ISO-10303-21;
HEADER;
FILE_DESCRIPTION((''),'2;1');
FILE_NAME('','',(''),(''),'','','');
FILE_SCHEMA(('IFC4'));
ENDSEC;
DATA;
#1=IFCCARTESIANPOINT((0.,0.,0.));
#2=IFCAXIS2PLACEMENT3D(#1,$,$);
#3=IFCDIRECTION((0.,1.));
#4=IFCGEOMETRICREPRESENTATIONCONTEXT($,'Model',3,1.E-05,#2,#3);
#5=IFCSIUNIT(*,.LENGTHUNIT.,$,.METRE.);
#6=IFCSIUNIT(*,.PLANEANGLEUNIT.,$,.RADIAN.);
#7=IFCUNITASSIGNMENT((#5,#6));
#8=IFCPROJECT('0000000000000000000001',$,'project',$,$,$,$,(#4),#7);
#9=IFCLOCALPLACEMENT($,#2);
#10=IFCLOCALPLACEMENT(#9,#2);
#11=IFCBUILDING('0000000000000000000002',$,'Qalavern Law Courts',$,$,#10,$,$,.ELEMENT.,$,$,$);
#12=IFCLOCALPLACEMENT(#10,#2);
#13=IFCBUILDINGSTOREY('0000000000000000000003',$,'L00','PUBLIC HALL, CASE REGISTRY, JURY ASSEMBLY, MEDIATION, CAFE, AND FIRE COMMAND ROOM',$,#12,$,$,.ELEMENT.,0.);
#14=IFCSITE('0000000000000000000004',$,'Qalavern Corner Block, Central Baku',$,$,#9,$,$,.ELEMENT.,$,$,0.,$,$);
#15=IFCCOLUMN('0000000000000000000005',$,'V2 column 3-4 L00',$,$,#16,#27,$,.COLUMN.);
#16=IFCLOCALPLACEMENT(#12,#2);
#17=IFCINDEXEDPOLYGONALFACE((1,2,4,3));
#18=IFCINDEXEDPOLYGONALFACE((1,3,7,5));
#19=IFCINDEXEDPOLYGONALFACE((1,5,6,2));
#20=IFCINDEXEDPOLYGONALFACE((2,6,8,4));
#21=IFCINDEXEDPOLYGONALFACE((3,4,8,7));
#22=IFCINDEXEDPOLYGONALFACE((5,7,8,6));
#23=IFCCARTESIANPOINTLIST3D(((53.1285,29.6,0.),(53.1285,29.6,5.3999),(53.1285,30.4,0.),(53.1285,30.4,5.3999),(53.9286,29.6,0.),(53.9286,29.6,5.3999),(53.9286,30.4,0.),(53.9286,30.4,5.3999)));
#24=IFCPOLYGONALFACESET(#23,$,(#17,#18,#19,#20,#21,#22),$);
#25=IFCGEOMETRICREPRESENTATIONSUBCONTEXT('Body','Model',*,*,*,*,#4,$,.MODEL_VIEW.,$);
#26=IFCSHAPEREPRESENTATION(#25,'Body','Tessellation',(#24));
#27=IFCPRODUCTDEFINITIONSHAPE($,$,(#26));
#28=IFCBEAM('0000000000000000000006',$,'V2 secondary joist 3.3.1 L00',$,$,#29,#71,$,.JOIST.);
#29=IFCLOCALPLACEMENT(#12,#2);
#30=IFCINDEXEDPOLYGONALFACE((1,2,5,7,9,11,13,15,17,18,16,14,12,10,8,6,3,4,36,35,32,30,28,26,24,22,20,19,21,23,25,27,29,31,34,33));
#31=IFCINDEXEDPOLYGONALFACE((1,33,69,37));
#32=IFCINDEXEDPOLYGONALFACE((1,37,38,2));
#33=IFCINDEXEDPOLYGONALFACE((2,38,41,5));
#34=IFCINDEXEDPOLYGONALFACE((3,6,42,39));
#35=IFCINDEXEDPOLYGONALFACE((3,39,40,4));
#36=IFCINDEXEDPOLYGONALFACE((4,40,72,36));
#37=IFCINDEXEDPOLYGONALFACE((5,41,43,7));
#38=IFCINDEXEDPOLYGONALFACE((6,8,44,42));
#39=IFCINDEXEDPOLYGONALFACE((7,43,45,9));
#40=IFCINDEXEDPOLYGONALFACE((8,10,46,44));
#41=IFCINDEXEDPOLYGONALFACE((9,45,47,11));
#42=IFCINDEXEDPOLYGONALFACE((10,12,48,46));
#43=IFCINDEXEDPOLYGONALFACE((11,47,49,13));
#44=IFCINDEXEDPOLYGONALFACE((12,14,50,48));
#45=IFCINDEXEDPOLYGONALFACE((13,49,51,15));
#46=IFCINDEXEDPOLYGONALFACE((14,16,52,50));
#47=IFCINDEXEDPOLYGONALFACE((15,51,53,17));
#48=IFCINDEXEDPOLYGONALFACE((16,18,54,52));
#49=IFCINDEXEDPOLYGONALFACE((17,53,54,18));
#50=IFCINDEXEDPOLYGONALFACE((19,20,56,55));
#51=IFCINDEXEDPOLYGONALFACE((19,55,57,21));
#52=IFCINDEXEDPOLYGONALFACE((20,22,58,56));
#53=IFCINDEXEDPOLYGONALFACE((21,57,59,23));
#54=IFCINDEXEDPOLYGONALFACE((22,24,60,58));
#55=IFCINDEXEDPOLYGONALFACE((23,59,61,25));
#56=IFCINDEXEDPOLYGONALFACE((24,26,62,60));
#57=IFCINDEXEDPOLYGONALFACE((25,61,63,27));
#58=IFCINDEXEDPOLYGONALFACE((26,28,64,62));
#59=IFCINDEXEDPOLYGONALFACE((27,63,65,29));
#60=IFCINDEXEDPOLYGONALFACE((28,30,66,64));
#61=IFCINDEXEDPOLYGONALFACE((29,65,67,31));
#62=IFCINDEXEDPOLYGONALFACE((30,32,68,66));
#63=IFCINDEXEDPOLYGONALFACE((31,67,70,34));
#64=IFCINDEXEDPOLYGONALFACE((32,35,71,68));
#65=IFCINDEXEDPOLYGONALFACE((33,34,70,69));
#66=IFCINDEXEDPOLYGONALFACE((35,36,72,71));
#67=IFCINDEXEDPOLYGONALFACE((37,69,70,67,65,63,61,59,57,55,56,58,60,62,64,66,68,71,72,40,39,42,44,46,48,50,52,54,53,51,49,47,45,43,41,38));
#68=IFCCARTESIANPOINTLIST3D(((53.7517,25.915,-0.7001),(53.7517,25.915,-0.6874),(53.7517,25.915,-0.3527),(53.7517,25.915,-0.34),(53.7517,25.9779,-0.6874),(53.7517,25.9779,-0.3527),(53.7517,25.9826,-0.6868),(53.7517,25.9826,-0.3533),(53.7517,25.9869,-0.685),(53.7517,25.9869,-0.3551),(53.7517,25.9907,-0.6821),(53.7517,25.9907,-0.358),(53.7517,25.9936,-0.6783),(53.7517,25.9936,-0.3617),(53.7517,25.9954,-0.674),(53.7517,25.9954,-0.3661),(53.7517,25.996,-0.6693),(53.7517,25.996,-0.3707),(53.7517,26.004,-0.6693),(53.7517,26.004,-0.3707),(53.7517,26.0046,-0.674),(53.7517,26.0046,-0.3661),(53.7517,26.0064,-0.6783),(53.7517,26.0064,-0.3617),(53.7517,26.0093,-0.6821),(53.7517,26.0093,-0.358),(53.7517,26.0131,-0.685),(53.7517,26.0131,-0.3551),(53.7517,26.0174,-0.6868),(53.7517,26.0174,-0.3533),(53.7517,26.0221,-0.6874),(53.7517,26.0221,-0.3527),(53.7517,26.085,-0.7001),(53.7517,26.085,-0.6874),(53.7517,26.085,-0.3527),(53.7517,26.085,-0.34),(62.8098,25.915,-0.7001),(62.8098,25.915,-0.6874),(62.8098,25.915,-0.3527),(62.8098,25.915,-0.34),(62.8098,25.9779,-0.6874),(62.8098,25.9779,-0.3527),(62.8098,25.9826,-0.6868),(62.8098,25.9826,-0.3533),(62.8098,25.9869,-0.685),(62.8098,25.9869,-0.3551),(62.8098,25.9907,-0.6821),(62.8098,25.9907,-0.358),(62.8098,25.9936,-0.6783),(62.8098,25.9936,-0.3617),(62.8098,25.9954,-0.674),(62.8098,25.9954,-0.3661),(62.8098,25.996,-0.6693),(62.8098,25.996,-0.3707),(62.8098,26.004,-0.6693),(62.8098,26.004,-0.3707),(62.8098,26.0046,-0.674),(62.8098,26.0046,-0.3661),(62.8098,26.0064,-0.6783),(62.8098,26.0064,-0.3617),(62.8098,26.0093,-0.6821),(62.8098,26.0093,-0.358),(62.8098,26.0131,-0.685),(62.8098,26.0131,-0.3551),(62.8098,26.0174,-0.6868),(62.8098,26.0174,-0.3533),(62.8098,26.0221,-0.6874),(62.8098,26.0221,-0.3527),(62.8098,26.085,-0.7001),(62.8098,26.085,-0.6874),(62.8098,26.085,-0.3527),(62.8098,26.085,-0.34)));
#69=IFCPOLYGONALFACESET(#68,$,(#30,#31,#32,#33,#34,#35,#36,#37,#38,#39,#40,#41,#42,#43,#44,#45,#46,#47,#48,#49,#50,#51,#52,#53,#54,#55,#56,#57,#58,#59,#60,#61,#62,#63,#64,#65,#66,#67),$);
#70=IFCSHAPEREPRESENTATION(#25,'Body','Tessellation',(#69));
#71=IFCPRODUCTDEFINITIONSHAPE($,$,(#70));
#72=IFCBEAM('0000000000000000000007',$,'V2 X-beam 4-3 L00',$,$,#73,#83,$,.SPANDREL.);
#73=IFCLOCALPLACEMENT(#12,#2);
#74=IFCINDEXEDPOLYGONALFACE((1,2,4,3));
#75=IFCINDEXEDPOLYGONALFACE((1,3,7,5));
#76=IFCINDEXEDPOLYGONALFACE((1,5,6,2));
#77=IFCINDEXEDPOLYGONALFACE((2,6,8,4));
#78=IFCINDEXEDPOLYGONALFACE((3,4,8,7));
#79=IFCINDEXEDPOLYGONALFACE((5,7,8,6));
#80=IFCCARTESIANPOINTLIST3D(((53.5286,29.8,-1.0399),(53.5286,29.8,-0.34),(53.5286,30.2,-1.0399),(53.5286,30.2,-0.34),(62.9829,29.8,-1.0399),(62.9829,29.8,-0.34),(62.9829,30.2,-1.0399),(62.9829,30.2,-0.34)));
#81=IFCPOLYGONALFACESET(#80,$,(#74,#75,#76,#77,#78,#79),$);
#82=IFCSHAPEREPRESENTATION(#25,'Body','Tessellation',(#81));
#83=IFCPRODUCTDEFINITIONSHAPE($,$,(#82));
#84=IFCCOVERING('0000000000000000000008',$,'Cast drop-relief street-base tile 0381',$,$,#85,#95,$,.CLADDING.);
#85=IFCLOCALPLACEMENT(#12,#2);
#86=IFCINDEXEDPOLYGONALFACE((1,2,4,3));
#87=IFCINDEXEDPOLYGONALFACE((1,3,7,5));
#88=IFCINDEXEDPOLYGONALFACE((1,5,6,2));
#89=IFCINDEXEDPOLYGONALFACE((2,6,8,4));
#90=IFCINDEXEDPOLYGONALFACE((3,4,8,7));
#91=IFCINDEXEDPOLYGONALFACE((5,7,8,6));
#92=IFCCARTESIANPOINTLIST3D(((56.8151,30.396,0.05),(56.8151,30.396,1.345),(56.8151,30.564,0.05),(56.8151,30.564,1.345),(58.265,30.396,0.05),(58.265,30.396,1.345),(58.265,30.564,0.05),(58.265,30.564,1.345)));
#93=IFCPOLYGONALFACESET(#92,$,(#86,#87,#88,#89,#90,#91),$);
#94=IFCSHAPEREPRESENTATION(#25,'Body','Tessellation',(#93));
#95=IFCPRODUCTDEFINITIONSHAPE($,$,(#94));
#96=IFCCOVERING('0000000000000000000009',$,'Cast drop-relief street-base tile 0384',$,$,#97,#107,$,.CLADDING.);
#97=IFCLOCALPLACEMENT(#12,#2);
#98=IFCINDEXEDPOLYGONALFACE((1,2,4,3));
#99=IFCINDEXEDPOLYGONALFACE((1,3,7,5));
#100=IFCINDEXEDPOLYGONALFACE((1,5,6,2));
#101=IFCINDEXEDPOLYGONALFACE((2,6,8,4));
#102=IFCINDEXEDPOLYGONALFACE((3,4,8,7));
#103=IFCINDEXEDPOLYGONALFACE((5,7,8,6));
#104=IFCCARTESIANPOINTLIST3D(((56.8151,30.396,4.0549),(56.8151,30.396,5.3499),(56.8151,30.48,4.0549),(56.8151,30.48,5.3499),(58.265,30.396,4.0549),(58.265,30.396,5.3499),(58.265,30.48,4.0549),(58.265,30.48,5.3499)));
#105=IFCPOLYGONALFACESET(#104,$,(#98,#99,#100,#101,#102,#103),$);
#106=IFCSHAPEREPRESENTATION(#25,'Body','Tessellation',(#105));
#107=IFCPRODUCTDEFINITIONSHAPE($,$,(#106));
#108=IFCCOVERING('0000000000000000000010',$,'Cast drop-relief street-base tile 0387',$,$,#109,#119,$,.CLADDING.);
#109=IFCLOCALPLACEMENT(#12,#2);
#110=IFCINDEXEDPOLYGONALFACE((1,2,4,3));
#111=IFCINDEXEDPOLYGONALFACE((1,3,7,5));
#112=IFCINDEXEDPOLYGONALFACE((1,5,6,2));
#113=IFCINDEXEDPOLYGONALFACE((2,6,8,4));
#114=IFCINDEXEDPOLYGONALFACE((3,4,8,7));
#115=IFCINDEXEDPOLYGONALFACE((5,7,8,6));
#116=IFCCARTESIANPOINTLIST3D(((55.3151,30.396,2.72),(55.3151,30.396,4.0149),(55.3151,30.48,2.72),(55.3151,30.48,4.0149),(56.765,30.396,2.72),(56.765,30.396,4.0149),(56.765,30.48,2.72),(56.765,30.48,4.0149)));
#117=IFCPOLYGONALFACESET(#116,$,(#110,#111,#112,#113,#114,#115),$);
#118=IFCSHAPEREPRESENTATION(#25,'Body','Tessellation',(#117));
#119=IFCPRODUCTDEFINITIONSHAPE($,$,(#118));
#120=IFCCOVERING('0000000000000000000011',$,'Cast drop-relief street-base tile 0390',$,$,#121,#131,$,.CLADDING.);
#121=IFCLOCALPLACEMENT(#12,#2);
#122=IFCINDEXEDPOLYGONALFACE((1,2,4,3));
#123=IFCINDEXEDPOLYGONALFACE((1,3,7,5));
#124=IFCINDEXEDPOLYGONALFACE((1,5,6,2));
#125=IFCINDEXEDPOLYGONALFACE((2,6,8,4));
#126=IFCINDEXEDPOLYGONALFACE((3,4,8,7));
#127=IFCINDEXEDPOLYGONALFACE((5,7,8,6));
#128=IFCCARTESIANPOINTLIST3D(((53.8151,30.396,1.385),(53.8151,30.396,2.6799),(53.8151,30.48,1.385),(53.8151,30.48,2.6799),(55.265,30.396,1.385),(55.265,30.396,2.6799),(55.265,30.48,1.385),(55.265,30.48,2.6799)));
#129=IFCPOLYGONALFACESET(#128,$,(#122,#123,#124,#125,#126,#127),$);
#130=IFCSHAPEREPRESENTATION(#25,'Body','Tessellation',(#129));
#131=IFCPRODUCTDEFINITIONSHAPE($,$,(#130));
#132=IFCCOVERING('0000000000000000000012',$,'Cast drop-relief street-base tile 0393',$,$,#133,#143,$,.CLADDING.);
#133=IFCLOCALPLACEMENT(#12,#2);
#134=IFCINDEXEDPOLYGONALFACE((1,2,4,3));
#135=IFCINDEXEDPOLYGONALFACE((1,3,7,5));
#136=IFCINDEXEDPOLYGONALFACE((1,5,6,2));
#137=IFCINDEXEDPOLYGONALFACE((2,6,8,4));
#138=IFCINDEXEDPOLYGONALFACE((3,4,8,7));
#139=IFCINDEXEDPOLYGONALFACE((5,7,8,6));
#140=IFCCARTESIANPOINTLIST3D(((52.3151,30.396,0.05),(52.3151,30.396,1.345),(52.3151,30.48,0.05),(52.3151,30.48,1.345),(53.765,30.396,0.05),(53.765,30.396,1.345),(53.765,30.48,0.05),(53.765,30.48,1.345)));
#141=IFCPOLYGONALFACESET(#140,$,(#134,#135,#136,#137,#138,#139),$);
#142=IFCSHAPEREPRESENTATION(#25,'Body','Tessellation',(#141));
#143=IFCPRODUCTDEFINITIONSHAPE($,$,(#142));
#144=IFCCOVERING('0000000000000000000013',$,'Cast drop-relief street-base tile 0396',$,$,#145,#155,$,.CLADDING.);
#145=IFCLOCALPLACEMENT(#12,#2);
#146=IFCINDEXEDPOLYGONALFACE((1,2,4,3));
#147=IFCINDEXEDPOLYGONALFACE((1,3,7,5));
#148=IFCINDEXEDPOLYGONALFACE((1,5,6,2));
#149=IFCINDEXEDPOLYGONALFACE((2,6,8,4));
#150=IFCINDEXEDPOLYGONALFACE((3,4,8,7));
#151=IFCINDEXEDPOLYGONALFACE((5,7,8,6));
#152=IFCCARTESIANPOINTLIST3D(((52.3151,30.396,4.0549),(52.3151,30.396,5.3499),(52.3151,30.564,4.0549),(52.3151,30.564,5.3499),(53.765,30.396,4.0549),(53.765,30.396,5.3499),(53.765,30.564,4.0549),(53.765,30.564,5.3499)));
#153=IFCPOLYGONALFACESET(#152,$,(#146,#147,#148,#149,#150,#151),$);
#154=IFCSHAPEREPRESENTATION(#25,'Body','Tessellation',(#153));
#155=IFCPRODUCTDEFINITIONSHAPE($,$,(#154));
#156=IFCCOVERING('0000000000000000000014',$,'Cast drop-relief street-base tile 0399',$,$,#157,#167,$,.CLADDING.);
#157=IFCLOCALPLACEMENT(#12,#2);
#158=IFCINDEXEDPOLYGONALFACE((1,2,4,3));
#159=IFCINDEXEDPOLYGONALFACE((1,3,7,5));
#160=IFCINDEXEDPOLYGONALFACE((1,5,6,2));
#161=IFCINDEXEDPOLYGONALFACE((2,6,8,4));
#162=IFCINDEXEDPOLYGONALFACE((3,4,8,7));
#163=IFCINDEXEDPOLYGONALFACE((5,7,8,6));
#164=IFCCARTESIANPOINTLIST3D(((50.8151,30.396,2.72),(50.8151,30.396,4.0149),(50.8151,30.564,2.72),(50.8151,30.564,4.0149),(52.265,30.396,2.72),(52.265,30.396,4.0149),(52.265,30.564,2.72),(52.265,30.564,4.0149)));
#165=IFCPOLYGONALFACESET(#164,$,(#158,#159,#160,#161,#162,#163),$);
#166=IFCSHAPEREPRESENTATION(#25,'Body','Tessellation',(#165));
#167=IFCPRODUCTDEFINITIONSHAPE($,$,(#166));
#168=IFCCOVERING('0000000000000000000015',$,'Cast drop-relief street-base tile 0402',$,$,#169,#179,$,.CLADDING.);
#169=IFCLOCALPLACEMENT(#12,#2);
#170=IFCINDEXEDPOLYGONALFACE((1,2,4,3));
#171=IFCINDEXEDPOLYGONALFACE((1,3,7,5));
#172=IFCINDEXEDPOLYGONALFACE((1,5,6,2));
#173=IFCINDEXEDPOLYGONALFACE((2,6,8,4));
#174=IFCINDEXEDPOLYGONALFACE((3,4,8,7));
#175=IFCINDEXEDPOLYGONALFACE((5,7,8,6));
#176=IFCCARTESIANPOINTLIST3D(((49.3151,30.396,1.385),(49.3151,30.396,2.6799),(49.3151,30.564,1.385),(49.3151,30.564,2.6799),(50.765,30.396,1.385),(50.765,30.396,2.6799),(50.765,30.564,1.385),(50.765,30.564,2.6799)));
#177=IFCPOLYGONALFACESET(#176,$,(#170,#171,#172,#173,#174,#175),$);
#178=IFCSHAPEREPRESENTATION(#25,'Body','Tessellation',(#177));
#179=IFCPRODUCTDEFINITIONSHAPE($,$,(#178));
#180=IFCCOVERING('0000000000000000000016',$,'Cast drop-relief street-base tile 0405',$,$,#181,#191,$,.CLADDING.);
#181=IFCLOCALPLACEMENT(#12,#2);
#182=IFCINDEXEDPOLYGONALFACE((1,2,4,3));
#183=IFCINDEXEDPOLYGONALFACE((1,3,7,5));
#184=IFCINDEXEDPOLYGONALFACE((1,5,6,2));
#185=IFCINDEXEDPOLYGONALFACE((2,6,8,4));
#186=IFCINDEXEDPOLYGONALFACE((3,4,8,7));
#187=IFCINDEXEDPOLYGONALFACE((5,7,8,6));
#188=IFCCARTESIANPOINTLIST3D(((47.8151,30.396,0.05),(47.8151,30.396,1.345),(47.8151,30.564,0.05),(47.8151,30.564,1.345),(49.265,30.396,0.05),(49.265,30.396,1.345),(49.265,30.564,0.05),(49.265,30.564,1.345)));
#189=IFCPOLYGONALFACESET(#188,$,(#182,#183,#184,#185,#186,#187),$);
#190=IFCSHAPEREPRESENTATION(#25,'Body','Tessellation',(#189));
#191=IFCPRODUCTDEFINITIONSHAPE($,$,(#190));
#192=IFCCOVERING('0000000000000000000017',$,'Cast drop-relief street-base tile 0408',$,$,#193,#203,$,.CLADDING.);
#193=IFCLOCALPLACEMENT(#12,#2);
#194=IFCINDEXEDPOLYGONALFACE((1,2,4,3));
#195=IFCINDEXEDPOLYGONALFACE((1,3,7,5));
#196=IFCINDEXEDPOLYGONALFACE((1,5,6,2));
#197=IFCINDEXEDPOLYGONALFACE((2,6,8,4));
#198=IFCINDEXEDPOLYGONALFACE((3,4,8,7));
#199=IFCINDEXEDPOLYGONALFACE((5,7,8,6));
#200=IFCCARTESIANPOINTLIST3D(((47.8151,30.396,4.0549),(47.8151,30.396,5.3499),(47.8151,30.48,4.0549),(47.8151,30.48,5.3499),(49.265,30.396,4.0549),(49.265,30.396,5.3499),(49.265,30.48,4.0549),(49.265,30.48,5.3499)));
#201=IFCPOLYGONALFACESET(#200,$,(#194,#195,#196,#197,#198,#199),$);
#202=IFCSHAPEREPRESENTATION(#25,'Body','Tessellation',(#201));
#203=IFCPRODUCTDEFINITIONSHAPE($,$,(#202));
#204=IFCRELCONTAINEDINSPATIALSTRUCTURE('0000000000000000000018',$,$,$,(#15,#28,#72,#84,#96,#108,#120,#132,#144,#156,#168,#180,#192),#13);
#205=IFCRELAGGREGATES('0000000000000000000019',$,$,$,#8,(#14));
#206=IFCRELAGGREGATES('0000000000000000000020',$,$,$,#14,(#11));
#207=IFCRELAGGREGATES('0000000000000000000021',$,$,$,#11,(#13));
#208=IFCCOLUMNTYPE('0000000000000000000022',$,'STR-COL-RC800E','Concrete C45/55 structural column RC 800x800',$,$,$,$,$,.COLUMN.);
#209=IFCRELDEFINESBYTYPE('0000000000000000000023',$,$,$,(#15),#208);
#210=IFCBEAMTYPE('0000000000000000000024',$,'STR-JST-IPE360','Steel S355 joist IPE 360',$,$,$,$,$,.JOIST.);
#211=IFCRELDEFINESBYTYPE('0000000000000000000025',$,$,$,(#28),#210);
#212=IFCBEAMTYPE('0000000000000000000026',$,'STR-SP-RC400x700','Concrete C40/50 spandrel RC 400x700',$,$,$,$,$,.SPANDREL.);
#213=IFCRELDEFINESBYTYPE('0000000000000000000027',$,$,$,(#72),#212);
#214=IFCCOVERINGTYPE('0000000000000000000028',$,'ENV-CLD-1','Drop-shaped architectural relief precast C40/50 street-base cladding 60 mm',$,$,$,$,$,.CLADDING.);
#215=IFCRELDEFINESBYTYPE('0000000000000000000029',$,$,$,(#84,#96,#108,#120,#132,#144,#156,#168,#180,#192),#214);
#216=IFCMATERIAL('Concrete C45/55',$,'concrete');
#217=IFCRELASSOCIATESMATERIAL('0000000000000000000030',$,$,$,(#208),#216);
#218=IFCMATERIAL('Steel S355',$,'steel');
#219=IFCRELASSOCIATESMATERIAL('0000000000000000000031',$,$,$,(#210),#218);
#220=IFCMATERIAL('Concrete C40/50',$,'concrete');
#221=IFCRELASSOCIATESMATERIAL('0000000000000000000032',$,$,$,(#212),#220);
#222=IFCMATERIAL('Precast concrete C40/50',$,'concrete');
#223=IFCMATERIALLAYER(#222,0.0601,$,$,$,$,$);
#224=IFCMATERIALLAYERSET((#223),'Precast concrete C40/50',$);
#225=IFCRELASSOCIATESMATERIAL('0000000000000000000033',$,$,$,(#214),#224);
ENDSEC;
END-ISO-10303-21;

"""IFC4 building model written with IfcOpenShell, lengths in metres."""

from ifc_helpers import new_model, si_unit, direction, frame, origin, origin_2d, place, context, subcontext, project, spatial, rectangle, i_section, extrude, material, layer, layer_set, material_profile, profile_set, type_object, element, save


model = new_model("IFC4")

# Units and contexts
model_context = context("Model", 3, precision=1e-05, world=origin(), true_north=direction((0.0, 1.0)))
body_context = subcontext(model_context, "Body", "Model", "MODEL_VIEW")
ifc_project = project(units=[si_unit("LENGTHUNIT", "METRE"), si_unit("PLANEANGLEUNIT", "RADIAN")], contexts=[model_context])

# Site, building, storey
site_placement = place(None, origin())
site = spatial("IfcSite", under=ifc_project, at=site_placement, Name="Qalavern Corner Block, Central Baku", CompositionType="ELEMENT", RefElevation=0.0)
building_placement = place(site_placement, origin())
building = spatial("IfcBuilding", under=site, at=building_placement, Name="Qalavern Law Courts", CompositionType="ELEMENT")
storey_placement = place(building_placement, origin())
storey = spatial("IfcBuildingStorey", under=building, at=storey_placement, Name="L00", Description="PUBLIC HALL, CASE REGISTRY, JURY ASSEMBLY, MEDIATION, CAFE, AND FIRE COMMAND ROOM", CompositionType="ELEMENT", Elevation=0.0)

# Column
ifc_material_1 = material(Name="Concrete C45/55", Category="concrete")
ifc_material_profile_1 = material_profile(ifc_material_1, rectangle(XDim=0.8, YDim=0.8, at=origin_2d()), Name="RC 800x800")
ifc_profile_set_1 = profile_set([ifc_material_profile_1], Name="Concrete C45/55")
column_type = type_object("IfcColumnType", Name="STR-COL-RC800E", Description="Concrete C45/55 structural column RC 800x800", PredefinedType="COLUMN", material=ifc_profile_set_1)
column_placement = place(storey_placement, frame((53.5286, 30.0, 0.0), z_axis=(0.0, 0.0, 1.0), x_axis=(1.0, 0.0, 0.0)))
element("IfcColumn", 1, at=column_placement, inside=storey, type_object=column_type, Name="V2 column 3-4 L00", PredefinedType="COLUMN", context=body_context, shape_type="SweptSolid", body=[
    extrude(rectangle(XDim=0.8, YDim=0.8, at=origin_2d()), origin(), (0.0, 0.0, 1.0), 5.3999),
])

# Beams
ifc_material_2 = material(Name="Steel S355", Category="steel")
ifc_material_profile_2 = material_profile(ifc_material_2, i_section(OverallWidth=0.1699, OverallDepth=0.3601, WebThickness=0.0081, FlangeThickness=0.0127, FilletRadius=0.0181, at=origin_2d()), Name="IPE 360")
ifc_profile_set_2 = profile_set([ifc_material_profile_2], Name="Steel S355")
beam_type_1 = type_object("IfcBeamType", Name="STR-JST-IPE360", Description="Steel S355 joist IPE 360", PredefinedType="JOIST", material=ifc_profile_set_2)
beam_1_placement = place(storey_placement, frame((53.7517, 26.0, -0.52), z_axis=(1.0, 0.0, 0.0), x_axis=(0.0, 1.0, 0.0)))
element("IfcBeam", 2, at=beam_1_placement, inside=storey, type_object=beam_type_1, Name="V2 secondary joist 3.3.1 L00", PredefinedType="JOIST", context=body_context, shape_type="SweptSolid", body=[
    extrude(i_section(OverallWidth=0.1699, OverallDepth=0.3601, WebThickness=0.0081, FlangeThickness=0.0127, FilletRadius=0.0181, at=origin_2d()), origin(), (0.0, 0.0, 1.0), 9.0581),
])
ifc_material_3 = material(Name="Concrete C40/50", Category="concrete")
ifc_material_profile_3 = material_profile(ifc_material_3, rectangle(XDim=0.3999, YDim=0.7, at=origin_2d()), Name="RC 400x700")
ifc_profile_set_3 = profile_set([ifc_material_profile_3], Name="Concrete C40/50")
beam_type_2 = type_object("IfcBeamType", Name="STR-SP-RC400x700", Description="Concrete C40/50 spandrel RC 400x700", PredefinedType="SPANDREL", material=ifc_profile_set_3)
beam_2_placement = place(storey_placement, frame((53.5286, 30.0, -0.6899), z_axis=(1.0, 0.0, 0.0), x_axis=(0.0, 1.0, 0.0)))
element("IfcBeam", 3, at=beam_2_placement, inside=storey, type_object=beam_type_2, Name="V2 X-beam 4-3 L00", PredefinedType="SPANDREL", context=body_context, shape_type="SweptSolid", body=[
    extrude(rectangle(XDim=0.3999, YDim=0.7, at=origin_2d()), origin(), (0.0, 0.0, 1.0), 9.4543),
])

# Coverings
ifc_material_4 = material(Name="Precast concrete C40/50", Category="concrete")
ifc_layer_1 = layer(ifc_material_4, 0.0601)
ifc_layer_set_1 = layer_set([ifc_layer_1], Name="Precast concrete C40/50")
covering_type_1 = type_object("IfcCoveringType", Name="ENV-CLD-1", Description="Drop-shaped architectural relief precast C40/50 street-base cladding 60 mm", PredefinedType="CLADDING", material=ifc_layer_set_1)
covering_1_placement = place(storey_placement, frame((57.54, 30.48, 0.05), z_axis=(0.0, 0.0, 1.0), x_axis=(-1.0, 0.0, 0.0)))
element("IfcCovering", 4, at=covering_1_placement, inside=storey, type_object=covering_type_1, Name="Cast drop-relief street-base tile 0381", PredefinedType="CLADDING", context=body_context, shape_type="SweptSolid", body=[
    extrude(rectangle(XDim=1.45, YDim=0.168, at=origin_2d()), origin(), (0.0, 0.0, 1.0), 1.2949),
])
for number, where, z_axis, x_axis, name in (
    (5, (57.54, 30.438, 4.0549), (0.0, 0.0, 1.0), (-1.0, 0.0, 0.0), "Cast drop-relief street-base tile 0384"),
    (6, (56.04, 30.438, 2.72), (0.0, 0.0, 1.0), (-1.0, 0.0, 0.0), "Cast drop-relief street-base tile 0387"),
    (7, (54.54, 30.438, 1.385), (0.0, 0.0, 1.0), (-1.0, 0.0, 0.0), "Cast drop-relief street-base tile 0390"),
    (8, (53.04, 30.438, 0.05), (0.0, 0.0, 1.0), (-1.0, 0.0, 0.0), "Cast drop-relief street-base tile 0393"),
):
    element("IfcCovering", number, at=place(storey_placement, frame(where, z_axis=z_axis, x_axis=x_axis)), inside=storey, type_object=covering_type_1, Name=name, PredefinedType="CLADDING", context=body_context, shape_type="SweptSolid", body=[
        extrude(rectangle(XDim=1.45, YDim=0.084, at=origin_2d()), origin(), (0.0, 0.0, 1.0), 1.2949),
    ])
for number, where, z_axis, x_axis, name in (
    (9, (53.04, 30.48, 4.0549), (0.0, 0.0, 1.0), (-1.0, 0.0, 0.0), "Cast drop-relief street-base tile 0396"),
    (10, (51.54, 30.48, 2.72), (0.0, 0.0, 1.0), (-1.0, 0.0, 0.0), "Cast drop-relief street-base tile 0399"),
    (11, (50.04, 30.48, 1.385), (0.0, 0.0, 1.0), (-1.0, 0.0, 0.0), "Cast drop-relief street-base tile 0402"),
    (12, (48.54, 30.48, 0.05), (0.0, 0.0, 1.0), (-1.0, 0.0, 0.0), "Cast drop-relief street-base tile 0405"),
):
    element("IfcCovering", number, at=place(storey_placement, frame(where, z_axis=z_axis, x_axis=x_axis)), inside=storey, type_object=covering_type_1, Name=name, PredefinedType="CLADDING", context=body_context, shape_type="SweptSolid", body=[
        extrude(rectangle(XDim=1.45, YDim=0.168, at=origin_2d()), origin(), (0.0, 0.0, 1.0), 1.2949),
    ])
for number, where, z_axis, x_axis, name in (
    (13, (48.54, 30.438, 4.0549), (0.0, 0.0, 1.0), (-1.0, 0.0, 0.0), "Cast drop-relief street-base tile 0408"),
):
    element("IfcCovering", number, at=place(storey_placement, frame(where, z_axis=z_axis, x_axis=x_axis)), inside=storey, type_object=covering_type_1, Name=name, PredefinedType="CLADDING", context=body_context, shape_type="SweptSolid", body=[
        extrude(rectangle(XDim=1.45, YDim=0.084, at=origin_2d()), origin(), (0.0, 0.0, 1.0), 1.2949),
    ])

save(model, "model.ifc")
